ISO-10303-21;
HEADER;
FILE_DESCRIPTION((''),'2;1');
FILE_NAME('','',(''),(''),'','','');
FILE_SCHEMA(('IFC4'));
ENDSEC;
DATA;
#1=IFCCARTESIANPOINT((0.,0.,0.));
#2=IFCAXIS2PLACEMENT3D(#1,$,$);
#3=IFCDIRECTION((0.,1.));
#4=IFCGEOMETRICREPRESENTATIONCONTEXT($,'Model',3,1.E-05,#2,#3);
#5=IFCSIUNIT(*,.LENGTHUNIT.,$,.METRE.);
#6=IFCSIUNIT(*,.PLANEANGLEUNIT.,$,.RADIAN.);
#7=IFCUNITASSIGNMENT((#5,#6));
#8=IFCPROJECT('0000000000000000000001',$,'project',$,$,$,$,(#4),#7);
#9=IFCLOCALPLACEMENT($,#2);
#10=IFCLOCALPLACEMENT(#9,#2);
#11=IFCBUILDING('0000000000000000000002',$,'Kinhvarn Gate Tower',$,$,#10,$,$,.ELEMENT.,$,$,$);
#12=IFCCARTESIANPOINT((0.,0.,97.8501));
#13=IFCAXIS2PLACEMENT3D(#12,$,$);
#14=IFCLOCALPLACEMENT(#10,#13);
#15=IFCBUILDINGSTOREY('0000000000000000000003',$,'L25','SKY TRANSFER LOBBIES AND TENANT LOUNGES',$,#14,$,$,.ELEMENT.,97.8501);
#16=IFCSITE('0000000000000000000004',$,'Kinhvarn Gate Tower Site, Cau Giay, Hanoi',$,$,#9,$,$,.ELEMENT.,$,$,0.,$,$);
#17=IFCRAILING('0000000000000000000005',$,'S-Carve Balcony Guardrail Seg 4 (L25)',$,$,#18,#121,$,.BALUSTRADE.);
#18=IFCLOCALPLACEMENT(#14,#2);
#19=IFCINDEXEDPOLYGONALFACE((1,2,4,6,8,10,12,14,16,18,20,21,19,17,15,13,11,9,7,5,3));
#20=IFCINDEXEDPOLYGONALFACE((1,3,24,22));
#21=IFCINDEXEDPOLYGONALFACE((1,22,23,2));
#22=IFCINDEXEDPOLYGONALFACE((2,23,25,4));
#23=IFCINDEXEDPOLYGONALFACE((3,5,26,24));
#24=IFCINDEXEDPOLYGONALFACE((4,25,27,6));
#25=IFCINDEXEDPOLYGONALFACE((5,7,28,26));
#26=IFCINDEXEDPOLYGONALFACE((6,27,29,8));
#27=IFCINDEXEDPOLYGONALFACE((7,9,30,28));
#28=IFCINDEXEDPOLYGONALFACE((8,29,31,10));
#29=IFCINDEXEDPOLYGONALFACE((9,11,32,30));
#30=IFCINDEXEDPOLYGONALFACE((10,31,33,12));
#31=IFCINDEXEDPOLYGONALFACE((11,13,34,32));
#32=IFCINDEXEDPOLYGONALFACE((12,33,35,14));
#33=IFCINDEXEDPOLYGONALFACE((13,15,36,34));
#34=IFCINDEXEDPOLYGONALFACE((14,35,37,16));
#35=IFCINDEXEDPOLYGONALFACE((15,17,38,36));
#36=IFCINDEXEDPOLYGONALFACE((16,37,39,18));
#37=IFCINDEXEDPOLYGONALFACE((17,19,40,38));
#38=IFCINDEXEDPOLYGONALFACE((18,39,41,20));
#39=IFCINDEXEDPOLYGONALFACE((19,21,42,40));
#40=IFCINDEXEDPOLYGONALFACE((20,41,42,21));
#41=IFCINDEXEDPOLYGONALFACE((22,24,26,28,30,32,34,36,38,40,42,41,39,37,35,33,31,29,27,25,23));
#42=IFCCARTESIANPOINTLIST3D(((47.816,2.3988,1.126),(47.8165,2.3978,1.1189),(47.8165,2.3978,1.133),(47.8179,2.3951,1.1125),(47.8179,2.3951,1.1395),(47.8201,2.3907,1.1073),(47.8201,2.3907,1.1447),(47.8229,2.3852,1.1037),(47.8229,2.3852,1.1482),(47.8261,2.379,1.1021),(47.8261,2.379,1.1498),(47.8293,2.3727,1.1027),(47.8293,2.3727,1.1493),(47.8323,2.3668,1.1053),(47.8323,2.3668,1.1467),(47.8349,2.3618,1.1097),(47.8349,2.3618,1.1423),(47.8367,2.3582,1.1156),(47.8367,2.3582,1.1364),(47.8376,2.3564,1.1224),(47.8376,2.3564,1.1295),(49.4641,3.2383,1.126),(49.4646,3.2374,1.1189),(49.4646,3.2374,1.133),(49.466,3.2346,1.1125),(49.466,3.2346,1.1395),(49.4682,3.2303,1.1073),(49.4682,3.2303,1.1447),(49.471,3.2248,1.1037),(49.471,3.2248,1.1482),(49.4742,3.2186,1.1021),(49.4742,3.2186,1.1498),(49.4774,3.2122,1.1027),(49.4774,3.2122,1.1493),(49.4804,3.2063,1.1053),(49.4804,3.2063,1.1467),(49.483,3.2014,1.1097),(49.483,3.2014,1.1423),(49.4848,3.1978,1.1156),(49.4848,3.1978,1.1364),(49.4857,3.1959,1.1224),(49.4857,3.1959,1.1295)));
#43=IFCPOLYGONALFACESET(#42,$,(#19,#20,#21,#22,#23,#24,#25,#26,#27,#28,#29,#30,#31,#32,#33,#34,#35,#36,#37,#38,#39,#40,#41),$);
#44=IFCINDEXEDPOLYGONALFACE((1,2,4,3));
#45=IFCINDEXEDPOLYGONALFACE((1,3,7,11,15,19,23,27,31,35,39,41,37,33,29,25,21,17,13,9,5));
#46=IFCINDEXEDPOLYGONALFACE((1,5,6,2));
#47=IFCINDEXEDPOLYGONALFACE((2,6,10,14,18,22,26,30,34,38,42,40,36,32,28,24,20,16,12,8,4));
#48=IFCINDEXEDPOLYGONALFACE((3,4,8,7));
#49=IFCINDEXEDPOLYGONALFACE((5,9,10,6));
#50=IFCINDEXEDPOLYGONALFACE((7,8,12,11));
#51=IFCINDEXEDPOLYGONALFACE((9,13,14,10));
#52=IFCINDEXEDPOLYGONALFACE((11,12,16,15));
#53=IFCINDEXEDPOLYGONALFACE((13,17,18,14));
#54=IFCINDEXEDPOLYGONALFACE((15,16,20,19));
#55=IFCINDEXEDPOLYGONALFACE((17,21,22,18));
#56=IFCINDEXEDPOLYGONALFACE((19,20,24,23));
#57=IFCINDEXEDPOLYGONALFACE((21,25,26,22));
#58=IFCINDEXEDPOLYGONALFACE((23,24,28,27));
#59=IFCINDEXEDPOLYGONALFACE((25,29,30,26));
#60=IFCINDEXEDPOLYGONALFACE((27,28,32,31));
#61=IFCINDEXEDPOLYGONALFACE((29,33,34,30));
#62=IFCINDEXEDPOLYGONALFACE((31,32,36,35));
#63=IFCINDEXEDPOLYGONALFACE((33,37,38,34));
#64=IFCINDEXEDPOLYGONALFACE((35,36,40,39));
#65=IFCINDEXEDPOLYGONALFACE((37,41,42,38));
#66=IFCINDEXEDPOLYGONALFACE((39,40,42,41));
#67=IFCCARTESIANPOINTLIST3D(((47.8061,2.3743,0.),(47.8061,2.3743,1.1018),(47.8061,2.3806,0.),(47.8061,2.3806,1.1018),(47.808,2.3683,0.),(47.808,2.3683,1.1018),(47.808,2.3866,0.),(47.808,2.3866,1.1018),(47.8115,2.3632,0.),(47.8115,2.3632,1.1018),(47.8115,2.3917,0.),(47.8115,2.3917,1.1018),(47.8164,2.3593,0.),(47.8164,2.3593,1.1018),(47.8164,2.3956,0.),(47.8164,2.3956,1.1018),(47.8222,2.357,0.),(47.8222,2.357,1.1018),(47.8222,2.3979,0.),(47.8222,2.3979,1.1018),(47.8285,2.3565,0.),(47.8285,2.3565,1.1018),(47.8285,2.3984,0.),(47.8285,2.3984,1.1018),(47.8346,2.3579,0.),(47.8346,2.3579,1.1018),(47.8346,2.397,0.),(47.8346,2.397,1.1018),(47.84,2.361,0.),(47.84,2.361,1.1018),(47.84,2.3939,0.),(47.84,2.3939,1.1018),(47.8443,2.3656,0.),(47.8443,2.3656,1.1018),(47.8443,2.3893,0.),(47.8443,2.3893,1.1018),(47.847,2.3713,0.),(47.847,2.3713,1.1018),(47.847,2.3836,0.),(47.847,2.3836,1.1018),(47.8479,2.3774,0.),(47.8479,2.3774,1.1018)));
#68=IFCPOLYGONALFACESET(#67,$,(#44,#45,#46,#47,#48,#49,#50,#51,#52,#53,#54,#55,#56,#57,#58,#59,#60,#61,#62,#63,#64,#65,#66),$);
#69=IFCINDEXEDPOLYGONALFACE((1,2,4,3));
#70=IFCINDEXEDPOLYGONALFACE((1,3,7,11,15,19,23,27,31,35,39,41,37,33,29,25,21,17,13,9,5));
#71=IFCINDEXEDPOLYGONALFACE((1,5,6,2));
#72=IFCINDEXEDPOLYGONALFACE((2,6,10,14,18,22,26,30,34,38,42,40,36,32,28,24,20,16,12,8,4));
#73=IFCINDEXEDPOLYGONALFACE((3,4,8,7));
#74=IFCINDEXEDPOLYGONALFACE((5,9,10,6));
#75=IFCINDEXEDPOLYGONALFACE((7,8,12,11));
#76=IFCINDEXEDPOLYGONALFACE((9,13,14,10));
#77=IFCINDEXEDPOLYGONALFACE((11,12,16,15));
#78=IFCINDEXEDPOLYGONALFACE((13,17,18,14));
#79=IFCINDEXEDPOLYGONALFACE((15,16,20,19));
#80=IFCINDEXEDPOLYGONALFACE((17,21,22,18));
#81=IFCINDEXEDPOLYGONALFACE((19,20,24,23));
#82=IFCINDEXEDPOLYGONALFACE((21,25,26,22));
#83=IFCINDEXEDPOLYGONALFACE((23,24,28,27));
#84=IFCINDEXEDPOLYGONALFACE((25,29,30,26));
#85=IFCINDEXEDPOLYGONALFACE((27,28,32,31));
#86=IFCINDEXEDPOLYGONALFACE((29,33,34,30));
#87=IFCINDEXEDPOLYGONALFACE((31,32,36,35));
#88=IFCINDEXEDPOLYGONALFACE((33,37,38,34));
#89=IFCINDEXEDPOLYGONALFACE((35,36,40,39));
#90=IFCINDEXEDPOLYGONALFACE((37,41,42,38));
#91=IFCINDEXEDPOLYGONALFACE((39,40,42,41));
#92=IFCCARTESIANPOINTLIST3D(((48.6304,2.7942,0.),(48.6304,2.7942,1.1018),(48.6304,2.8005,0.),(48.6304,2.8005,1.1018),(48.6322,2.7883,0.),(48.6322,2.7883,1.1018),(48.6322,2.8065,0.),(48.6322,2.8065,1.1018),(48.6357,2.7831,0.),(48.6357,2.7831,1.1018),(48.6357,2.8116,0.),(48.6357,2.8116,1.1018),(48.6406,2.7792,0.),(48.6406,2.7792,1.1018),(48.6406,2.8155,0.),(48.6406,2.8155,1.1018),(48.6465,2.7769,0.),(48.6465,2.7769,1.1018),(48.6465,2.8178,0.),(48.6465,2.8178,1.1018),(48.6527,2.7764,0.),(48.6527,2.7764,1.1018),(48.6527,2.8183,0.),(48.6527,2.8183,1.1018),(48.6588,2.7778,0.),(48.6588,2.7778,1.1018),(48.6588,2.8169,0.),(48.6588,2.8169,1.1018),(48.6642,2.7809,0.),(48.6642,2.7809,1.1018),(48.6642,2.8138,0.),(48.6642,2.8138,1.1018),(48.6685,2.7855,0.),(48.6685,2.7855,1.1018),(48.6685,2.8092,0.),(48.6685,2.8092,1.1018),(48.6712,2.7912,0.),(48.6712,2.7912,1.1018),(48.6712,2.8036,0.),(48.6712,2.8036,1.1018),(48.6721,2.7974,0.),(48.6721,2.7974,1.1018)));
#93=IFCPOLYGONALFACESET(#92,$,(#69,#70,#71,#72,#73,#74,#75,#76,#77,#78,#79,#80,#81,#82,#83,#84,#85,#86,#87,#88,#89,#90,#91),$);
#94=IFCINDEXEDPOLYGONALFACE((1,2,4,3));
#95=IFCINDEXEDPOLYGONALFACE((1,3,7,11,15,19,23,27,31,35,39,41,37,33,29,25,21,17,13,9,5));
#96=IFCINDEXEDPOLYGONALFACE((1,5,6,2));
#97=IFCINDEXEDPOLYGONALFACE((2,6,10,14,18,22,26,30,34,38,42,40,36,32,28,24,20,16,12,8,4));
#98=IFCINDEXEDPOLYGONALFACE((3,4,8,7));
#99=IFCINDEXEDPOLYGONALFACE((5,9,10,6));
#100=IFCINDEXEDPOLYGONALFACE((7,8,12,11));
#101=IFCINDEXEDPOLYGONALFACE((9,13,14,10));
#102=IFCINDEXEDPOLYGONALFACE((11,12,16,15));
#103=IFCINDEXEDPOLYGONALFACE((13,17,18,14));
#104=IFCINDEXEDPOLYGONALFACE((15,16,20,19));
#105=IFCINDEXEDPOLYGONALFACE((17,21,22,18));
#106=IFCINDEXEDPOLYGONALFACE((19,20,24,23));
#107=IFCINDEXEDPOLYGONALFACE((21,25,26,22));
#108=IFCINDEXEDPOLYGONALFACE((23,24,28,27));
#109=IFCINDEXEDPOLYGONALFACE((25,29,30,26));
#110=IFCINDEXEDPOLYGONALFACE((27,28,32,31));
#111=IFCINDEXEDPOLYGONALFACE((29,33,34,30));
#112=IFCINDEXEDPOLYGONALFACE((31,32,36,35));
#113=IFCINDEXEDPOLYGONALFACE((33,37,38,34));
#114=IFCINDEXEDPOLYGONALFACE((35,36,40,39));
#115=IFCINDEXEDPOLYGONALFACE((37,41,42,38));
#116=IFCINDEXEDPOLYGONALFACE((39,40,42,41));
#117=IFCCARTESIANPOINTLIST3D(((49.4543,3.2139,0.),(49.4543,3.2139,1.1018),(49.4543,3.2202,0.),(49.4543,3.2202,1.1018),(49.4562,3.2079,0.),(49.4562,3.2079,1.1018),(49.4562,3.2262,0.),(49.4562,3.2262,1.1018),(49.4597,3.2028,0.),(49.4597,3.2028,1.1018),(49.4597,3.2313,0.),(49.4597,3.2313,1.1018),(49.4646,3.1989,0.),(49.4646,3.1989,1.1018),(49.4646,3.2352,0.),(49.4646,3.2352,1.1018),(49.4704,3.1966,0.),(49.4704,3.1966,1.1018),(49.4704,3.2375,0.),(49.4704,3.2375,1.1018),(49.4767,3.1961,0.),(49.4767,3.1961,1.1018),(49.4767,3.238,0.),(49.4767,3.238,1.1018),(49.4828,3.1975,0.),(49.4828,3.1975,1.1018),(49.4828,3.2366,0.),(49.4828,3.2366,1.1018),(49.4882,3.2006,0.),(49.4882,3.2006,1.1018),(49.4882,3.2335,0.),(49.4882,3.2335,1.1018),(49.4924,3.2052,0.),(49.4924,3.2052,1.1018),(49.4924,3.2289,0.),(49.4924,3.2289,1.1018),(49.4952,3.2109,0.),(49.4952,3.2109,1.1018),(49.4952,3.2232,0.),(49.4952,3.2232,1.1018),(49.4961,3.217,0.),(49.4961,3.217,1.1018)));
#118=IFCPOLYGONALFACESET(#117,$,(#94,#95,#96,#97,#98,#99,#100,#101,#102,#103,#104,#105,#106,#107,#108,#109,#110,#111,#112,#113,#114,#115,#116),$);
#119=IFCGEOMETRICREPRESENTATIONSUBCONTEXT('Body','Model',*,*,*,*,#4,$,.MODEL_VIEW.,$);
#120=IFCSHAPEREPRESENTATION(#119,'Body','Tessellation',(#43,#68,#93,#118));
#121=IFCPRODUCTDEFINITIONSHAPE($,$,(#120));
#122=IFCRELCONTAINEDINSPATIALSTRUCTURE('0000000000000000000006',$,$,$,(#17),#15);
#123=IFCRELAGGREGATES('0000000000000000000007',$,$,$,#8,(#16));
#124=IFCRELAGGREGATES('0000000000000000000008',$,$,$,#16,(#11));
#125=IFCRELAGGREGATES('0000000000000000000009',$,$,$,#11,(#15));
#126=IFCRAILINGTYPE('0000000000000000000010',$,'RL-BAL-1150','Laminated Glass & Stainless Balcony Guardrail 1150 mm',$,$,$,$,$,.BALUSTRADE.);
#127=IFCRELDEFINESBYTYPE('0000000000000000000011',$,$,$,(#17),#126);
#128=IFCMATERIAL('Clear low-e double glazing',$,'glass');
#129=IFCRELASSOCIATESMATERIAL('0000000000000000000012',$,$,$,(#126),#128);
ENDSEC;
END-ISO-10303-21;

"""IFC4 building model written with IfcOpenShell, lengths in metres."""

from ifc_helpers import new_model, si_unit, direction, frame, origin, origin_2d, place, context, subcontext, project, spatial, circle, extrude, material, type_object, element, save


model = new_model("IFC4")

# Units and contexts
model_context = context("Model", 3, precision=1e-05, world=origin(), true_north=direction((0.0, 1.0)))
body_context = subcontext(model_context, "Body", "Model", "MODEL_VIEW")
ifc_project = project(units=[si_unit("LENGTHUNIT", "METRE"), si_unit("PLANEANGLEUNIT", "RADIAN")], contexts=[model_context])

# Site, building, storey
site_placement = place(None, origin())
site = spatial("IfcSite", under=ifc_project, at=site_placement, Name="Kinhvarn Gate Tower Site, Cau Giay, Hanoi", CompositionType="ELEMENT", RefElevation=0.0)
building_placement = place(site_placement, origin())
building = spatial("IfcBuilding", under=site, at=building_placement, Name="Kinhvarn Gate Tower", CompositionType="ELEMENT")
storey_placement = place(building_placement, frame((0.0, 0.0, 97.8501)))
storey = spatial("IfcBuildingStorey", under=building, at=storey_placement, Name="L25", Description="SKY TRANSFER LOBBIES AND TENANT LOUNGES", CompositionType="ELEMENT", Elevation=97.8501)

# Shared definitions
ifc_material_1 = material(Name="Clear low-e double glazing", Category="glass")

# Railing
railing_type = type_object("IfcRailingType", Name="RL-BAL-1150", Description="Laminated Glass & Stainless Balcony Guardrail 1150 mm", PredefinedType="BALUSTRADE", material=ifc_material_1)
railing_1_placement = place(storey_placement, frame((47.8269, 2.3774, 0.0)))
element("IfcRailing", 1, at=railing_1_placement, inside=storey, type_object=railing_type, Name="S-Carve Balcony Guardrail Seg 4 (L25)", PredefinedType="BALUSTRADE", context=body_context, shape_type="SweptSolid", body=[
    extrude(circle(Radius=0.0239, at=origin_2d()), frame((0.0, 0.0, 1.126), z_axis=(0.89105, 0.453906, 0.0), x_axis=(-0.453906, 0.89105, 0.0)), (0.0, 0.0, 1.0), 1.8496),
    extrude(circle(Radius=0.021, at=origin_2d()), origin(), (0.0, 0.0, 1.0), 1.1018),
    extrude(circle(Radius=0.021, at=origin_2d()), frame((0.8242, 0.4199, 0.0)), (0.0, 0.0, 1.0), 1.1018),
    extrude(circle(Radius=0.021, at=origin_2d()), frame((1.6482, 0.8396, 0.0)), (0.0, 0.0, 1.0), 1.1018),
])

save(model, "model.ifc")
